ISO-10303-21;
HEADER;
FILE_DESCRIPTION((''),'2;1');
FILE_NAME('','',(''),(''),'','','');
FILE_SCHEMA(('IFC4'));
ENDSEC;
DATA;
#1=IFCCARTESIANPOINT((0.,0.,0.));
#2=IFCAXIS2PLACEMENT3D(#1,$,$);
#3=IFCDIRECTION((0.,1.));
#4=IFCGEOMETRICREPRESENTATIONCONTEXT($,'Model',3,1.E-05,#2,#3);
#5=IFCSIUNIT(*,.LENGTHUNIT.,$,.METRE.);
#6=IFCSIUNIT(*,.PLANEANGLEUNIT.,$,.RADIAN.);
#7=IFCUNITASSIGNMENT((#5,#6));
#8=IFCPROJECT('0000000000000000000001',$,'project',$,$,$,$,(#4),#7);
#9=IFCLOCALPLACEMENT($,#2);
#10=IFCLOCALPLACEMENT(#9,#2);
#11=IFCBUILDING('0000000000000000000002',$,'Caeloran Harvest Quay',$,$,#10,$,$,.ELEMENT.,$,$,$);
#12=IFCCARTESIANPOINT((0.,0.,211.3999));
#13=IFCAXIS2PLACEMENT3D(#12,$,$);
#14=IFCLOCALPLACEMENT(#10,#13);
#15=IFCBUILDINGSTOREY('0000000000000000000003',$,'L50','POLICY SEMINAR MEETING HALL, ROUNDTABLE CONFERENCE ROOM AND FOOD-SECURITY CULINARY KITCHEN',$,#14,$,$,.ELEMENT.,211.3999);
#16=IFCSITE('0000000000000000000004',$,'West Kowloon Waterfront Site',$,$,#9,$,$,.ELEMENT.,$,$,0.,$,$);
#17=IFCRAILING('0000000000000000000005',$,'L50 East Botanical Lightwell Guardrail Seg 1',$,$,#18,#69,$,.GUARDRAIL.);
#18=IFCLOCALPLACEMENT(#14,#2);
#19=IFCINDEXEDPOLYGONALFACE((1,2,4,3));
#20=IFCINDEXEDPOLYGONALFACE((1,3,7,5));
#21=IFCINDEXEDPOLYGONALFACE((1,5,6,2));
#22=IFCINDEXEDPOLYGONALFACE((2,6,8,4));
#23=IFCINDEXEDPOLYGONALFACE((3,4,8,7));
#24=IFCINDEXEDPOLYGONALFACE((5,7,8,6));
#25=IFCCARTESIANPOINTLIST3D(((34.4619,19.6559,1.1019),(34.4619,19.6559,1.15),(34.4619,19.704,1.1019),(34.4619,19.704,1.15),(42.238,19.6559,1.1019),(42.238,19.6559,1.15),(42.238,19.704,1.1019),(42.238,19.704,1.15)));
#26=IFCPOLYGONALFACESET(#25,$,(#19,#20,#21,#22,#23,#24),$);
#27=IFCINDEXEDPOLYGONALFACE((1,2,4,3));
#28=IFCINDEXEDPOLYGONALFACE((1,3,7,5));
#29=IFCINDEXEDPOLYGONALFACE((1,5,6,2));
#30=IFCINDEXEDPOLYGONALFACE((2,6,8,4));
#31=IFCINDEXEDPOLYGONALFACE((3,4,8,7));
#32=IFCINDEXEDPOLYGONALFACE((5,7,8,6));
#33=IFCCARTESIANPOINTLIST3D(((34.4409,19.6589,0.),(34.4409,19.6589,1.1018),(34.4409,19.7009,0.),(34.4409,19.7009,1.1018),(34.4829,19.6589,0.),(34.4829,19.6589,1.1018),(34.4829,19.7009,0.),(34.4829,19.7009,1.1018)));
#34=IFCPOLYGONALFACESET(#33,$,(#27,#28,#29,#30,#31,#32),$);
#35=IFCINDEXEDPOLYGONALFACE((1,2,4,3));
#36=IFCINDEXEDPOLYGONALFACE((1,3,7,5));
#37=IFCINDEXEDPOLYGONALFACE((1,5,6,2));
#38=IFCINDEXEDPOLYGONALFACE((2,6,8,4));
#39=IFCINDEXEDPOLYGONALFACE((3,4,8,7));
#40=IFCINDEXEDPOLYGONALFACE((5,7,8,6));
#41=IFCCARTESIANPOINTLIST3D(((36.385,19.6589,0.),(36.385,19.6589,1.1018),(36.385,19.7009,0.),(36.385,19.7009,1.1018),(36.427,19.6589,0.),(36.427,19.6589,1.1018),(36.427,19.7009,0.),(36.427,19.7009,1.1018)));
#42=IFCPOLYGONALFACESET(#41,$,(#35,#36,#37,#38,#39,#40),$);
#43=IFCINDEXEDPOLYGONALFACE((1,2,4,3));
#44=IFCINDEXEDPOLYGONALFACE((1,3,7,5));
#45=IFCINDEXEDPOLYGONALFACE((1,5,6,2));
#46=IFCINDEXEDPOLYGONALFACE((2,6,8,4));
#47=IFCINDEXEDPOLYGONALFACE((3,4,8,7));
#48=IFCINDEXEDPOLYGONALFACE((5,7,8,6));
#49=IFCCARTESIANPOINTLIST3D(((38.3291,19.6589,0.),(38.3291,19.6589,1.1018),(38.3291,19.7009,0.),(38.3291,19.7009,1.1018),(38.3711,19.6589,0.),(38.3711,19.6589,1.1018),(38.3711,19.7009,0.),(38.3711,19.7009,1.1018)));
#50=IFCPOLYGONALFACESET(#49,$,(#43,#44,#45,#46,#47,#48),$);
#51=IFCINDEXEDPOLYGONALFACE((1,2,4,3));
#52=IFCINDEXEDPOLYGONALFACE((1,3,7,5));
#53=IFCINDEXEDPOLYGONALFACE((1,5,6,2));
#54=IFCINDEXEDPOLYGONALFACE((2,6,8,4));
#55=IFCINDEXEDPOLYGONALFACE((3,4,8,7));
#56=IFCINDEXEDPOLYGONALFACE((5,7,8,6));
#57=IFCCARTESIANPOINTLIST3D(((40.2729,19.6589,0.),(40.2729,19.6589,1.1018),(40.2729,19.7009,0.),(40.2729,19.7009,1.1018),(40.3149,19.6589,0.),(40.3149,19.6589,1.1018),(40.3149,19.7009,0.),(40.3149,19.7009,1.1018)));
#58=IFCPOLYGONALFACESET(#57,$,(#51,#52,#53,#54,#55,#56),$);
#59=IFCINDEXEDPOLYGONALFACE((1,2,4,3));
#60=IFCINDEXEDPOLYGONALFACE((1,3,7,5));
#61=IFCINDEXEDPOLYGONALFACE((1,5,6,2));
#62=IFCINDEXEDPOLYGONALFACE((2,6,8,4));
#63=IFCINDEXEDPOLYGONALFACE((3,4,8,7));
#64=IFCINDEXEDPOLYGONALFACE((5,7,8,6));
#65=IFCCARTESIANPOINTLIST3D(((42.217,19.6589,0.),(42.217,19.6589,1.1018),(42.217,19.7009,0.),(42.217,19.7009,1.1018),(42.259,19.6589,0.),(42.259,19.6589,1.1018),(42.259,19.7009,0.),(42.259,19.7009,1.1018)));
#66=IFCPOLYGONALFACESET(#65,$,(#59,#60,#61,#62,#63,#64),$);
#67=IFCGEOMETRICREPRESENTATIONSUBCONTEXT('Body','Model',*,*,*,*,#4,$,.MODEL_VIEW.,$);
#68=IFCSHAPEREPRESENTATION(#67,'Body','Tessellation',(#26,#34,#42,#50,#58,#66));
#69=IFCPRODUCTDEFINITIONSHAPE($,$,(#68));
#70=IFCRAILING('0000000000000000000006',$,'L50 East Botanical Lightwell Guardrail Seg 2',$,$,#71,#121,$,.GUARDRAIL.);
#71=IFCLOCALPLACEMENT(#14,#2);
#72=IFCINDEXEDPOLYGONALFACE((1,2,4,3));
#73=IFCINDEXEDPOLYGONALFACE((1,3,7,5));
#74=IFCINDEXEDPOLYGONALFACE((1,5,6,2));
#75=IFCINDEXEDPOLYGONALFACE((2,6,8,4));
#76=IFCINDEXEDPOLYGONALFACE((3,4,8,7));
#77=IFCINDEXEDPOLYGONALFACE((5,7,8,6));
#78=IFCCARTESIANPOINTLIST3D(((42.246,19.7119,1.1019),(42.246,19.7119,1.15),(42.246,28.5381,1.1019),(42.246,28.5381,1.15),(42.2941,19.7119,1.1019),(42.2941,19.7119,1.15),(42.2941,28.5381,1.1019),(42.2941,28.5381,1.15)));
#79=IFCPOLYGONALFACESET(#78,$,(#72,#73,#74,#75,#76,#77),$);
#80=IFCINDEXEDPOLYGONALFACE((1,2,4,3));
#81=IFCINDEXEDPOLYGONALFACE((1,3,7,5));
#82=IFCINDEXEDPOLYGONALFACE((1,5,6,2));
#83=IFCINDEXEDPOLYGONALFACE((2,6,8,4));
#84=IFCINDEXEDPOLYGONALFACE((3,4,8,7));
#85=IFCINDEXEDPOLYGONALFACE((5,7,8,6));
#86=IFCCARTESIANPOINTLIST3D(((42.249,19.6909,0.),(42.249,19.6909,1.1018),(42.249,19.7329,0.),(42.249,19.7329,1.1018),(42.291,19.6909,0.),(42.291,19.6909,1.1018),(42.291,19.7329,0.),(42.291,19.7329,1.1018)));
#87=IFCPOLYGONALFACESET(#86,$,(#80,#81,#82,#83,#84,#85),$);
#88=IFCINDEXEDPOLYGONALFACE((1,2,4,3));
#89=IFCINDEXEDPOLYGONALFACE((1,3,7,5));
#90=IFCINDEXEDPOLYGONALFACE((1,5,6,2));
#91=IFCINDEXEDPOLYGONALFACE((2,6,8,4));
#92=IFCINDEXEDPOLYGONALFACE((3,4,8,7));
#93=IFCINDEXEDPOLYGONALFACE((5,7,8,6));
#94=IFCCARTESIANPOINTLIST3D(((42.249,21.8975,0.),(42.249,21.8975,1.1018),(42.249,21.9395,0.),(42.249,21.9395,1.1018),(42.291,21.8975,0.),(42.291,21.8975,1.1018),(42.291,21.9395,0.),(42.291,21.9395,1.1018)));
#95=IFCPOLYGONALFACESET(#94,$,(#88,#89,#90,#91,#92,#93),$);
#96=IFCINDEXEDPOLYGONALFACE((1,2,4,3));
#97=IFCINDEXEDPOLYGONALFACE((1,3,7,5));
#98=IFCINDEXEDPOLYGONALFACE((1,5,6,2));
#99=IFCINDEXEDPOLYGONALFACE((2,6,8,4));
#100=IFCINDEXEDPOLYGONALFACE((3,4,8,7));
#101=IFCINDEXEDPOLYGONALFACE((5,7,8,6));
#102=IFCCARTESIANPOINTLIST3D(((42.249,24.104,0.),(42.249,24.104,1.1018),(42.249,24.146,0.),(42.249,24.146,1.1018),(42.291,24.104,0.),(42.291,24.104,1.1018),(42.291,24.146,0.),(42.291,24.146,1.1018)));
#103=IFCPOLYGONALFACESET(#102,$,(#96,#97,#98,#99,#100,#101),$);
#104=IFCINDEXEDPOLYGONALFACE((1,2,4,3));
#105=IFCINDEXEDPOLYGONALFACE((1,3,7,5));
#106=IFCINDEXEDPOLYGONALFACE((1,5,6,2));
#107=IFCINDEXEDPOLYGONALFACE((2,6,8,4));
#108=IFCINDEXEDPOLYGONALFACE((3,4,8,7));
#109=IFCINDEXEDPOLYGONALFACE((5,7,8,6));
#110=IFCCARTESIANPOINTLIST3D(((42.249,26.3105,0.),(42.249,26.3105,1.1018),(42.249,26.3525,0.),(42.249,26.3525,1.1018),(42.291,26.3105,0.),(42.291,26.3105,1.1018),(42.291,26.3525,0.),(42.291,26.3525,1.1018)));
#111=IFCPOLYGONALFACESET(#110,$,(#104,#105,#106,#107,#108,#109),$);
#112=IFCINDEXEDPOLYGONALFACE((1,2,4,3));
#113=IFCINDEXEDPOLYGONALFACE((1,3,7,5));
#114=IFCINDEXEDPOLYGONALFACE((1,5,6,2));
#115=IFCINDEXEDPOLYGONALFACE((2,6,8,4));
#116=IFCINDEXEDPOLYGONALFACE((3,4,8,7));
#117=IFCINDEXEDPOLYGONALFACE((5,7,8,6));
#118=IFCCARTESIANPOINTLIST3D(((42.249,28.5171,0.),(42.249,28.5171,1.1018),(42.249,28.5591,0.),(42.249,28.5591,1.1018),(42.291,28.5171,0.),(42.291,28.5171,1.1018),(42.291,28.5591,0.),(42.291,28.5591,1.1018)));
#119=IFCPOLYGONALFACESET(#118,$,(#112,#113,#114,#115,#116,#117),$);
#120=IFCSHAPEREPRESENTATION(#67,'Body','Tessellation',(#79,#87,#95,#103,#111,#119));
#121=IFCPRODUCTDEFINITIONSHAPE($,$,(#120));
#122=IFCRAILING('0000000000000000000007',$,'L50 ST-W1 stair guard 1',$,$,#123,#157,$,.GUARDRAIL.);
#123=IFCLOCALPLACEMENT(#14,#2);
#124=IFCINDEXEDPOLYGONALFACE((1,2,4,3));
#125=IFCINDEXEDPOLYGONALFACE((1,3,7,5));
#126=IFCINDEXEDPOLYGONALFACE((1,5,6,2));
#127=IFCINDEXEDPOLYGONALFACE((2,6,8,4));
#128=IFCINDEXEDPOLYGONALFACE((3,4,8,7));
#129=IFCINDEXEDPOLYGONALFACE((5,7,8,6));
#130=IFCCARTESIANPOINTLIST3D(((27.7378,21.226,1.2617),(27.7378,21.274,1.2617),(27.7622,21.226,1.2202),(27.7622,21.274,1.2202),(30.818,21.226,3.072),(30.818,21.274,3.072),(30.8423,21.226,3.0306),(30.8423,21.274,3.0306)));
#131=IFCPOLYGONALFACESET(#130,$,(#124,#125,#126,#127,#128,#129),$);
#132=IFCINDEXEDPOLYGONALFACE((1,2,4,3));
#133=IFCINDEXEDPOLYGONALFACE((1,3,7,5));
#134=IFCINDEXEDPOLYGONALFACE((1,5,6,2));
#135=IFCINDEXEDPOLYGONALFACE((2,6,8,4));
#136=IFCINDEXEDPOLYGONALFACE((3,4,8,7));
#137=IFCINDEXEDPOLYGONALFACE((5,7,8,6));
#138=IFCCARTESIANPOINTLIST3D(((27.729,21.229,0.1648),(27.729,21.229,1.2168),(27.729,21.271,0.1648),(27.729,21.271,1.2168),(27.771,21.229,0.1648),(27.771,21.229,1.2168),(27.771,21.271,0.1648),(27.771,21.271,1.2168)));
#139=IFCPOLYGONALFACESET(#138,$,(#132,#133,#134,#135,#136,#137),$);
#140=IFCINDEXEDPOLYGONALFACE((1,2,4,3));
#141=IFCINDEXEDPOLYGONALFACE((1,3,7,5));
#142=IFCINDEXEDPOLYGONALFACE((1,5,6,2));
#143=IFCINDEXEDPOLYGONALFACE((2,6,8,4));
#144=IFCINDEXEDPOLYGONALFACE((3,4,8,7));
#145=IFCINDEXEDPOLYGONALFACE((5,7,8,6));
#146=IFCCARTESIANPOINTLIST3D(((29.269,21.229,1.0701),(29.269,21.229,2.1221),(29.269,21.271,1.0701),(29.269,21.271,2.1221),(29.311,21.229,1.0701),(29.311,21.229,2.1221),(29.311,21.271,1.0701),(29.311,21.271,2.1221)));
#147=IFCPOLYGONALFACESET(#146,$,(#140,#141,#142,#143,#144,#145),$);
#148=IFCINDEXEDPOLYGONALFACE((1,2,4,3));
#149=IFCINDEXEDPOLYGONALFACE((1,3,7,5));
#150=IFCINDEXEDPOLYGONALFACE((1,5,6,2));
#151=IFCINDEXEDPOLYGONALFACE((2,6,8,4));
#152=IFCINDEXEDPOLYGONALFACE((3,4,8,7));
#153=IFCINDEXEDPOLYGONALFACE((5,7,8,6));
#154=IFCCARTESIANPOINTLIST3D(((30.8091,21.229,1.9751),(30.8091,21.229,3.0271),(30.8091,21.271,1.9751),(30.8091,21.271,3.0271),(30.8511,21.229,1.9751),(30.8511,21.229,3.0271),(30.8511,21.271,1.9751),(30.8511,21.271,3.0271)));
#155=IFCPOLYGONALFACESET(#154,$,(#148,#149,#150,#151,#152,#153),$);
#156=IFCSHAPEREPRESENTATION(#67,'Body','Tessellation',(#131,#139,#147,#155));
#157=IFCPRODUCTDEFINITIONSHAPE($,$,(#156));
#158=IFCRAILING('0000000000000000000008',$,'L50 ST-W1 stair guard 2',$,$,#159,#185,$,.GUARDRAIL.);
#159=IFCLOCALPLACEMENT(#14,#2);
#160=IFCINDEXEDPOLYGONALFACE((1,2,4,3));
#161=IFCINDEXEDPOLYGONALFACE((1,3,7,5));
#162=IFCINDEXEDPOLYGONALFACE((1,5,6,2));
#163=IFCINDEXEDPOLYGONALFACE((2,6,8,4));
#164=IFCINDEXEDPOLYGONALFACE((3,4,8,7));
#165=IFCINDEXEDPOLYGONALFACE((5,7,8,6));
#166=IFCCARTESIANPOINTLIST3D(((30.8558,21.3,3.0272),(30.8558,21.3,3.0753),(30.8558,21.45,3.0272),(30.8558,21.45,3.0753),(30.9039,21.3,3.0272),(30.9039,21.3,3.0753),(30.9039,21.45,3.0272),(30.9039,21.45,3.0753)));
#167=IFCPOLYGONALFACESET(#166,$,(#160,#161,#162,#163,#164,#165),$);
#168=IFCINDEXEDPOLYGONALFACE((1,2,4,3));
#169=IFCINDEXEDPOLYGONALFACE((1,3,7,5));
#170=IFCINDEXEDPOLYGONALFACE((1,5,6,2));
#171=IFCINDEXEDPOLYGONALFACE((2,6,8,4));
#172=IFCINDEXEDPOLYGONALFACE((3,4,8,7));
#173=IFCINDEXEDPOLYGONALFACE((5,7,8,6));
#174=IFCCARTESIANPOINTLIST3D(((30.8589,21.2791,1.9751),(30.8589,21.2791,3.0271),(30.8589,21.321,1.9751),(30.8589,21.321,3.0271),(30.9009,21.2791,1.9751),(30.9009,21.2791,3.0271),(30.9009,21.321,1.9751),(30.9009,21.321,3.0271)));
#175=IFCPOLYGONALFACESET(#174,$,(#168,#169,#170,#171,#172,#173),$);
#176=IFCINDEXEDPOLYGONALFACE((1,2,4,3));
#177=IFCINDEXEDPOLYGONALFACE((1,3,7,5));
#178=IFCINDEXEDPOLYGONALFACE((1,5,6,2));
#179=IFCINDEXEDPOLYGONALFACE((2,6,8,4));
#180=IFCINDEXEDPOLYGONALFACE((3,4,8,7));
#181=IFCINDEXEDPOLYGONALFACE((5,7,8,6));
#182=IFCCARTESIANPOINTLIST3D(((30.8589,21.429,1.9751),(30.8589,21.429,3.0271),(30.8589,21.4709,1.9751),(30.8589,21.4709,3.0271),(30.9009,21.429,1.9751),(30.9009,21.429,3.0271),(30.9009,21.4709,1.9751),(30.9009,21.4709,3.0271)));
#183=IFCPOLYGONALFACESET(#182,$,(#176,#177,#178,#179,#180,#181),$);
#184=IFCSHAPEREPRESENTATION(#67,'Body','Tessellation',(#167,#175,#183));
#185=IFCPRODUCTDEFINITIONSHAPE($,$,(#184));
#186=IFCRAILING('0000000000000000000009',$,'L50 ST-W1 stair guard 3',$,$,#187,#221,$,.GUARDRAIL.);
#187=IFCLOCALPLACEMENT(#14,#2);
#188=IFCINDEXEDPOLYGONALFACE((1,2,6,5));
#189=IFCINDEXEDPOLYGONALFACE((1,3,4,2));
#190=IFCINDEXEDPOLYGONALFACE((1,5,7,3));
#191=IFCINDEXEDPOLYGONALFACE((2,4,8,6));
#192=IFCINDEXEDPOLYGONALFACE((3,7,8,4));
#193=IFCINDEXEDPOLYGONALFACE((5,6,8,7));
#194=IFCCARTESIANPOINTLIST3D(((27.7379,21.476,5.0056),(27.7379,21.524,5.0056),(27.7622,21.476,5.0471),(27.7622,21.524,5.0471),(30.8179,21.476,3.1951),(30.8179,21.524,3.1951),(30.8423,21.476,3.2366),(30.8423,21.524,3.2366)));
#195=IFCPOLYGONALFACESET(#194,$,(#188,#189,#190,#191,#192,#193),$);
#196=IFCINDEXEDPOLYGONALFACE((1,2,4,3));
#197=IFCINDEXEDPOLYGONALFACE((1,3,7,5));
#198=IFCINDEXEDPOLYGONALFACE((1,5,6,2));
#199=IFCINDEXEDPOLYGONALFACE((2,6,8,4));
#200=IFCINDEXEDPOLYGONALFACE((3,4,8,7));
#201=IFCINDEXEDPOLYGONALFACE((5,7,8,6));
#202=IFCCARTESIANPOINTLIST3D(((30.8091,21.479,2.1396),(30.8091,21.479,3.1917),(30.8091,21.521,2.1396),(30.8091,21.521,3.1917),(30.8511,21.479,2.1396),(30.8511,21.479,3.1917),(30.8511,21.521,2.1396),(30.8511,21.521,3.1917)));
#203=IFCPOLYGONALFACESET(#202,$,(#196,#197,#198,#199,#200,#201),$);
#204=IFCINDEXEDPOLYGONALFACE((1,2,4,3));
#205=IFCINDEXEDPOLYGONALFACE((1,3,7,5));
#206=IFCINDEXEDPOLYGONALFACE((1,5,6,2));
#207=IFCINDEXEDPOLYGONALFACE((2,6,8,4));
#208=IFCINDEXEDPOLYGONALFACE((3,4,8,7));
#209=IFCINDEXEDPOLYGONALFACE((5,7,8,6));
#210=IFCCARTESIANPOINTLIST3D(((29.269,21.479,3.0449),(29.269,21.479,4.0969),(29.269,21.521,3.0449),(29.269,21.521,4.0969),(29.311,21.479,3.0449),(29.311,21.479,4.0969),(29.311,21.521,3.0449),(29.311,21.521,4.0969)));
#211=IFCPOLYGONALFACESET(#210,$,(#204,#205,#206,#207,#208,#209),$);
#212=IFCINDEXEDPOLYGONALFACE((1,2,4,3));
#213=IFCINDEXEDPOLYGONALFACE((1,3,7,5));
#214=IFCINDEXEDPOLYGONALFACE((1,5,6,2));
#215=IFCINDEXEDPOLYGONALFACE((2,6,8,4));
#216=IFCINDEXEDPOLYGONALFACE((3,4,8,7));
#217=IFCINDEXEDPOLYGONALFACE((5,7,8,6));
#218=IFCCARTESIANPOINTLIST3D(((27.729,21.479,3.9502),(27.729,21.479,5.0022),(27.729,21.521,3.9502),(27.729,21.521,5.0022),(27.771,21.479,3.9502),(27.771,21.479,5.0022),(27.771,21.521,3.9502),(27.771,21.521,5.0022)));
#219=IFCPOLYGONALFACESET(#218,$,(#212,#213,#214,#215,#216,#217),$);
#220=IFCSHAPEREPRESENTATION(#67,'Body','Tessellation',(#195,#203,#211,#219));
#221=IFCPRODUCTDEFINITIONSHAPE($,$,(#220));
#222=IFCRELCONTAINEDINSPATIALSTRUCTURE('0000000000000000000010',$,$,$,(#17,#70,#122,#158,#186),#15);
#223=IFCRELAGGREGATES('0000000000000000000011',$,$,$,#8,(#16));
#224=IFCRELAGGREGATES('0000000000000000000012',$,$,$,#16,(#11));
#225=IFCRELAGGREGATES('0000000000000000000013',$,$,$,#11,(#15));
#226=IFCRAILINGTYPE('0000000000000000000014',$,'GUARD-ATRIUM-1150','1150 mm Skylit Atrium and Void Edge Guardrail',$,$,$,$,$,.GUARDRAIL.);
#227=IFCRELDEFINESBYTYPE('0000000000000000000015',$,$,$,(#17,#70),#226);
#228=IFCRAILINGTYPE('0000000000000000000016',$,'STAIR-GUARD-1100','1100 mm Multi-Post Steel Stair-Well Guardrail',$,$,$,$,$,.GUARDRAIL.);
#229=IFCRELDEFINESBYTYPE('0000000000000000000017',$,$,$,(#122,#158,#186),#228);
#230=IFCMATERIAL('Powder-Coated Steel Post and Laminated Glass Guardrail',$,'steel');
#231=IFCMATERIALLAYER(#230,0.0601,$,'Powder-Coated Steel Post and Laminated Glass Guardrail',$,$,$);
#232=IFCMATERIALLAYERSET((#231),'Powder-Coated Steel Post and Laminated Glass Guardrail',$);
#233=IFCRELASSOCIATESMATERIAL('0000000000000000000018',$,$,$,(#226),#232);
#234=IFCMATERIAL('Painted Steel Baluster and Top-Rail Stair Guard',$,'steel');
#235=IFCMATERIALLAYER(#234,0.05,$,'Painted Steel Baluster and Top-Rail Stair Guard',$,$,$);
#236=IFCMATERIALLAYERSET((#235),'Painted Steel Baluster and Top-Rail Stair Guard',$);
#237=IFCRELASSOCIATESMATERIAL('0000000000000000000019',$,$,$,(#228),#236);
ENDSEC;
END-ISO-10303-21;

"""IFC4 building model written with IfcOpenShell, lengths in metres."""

from ifc_helpers import new_model, si_unit, direction, frame, origin, origin_2d, place, context, subcontext, project, spatial, rectangle, extrude, material, layer, layer_set, type_object, element, save


model = new_model("IFC4")

# Units and contexts
model_context = context("Model", 3, precision=1e-05, world=origin(), true_north=direction((0.0, 1.0)))
body_context = subcontext(model_context, "Body", "Model", "MODEL_VIEW")
ifc_project = project(units=[si_unit("LENGTHUNIT", "METRE"), si_unit("PLANEANGLEUNIT", "RADIAN")], contexts=[model_context])

# Site, building, storey
site_placement = place(None, origin())
site = spatial("IfcSite", under=ifc_project, at=site_placement, Name="West Kowloon Waterfront Site", CompositionType="ELEMENT", RefElevation=0.0)
building_placement = place(site_placement, origin())
building = spatial("IfcBuilding", under=site, at=building_placement, Name="Caeloran Harvest Quay", CompositionType="ELEMENT")
storey_placement = place(building_placement, frame((0.0, 0.0, 211.3999)))
storey = spatial("IfcBuildingStorey", under=building, at=storey_placement, Name="L50", Description="POLICY SEMINAR MEETING HALL, ROUNDTABLE CONFERENCE ROOM AND FOOD-SECURITY CULINARY KITCHEN", CompositionType="ELEMENT", Elevation=211.3999)

# Railings
ifc_material_1 = material(Name="Powder-Coated Steel Post and Laminated Glass Guardrail", Category="steel")
ifc_layer_1 = layer(ifc_material_1, 0.0601, Name="Powder-Coated Steel Post and Laminated Glass Guardrail")
ifc_layer_set_1 = layer_set([ifc_layer_1], Name="Powder-Coated Steel Post and Laminated Glass Guardrail")
railing_type_1 = type_object("IfcRailingType", Name="GUARD-ATRIUM-1150", Description="1150 mm Skylit Atrium and Void Edge Guardrail", PredefinedType="GUARDRAIL", material=ifc_layer_set_1)
railing_1_placement = place(storey_placement, frame((34.4619, 19.6799, 0.0)))
element("IfcRailing", 1, at=railing_1_placement, inside=storey, type_object=railing_type_1, Name="L50 East Botanical Lightwell Guardrail Seg 1", PredefinedType="GUARDRAIL", context=body_context, shape_type="SweptSolid", body=[
    extrude(rectangle(XDim=0.0481, YDim=0.0481, at=origin_2d()), frame((0.0, 0.0, 1.126), z_axis=(1.0, 0.0, 0.0), x_axis=(0.0, 1.0, 0.0)), (0.0, 0.0, 1.0), 7.7761),
    extrude(rectangle(XDim=0.042, YDim=0.042, at=origin_2d()), origin(), (0.0, 0.0, 1.0), 1.1018),
    extrude(rectangle(XDim=0.042, YDim=0.042, at=origin_2d()), frame((1.9441, 0.0, 0.0)), (0.0, 0.0, 1.0), 1.1018),
    extrude(rectangle(XDim=0.042, YDim=0.042, at=origin_2d()), frame((3.8882, 0.0, 0.0)), (0.0, 0.0, 1.0), 1.1018),
    extrude(rectangle(XDim=0.042, YDim=0.042, at=origin_2d()), frame((5.832, 0.0, 0.0)), (0.0, 0.0, 1.0), 1.1018),
    extrude(rectangle(XDim=0.042, YDim=0.042, at=origin_2d()), frame((7.7761, 0.0, 0.0)), (0.0, 0.0, 1.0), 1.1018),
])
railing_2_placement = place(storey_placement, frame((42.27, 19.7119, 0.0)))
element("IfcRailing", 2, at=railing_2_placement, inside=storey, type_object=railing_type_1, Name="L50 East Botanical Lightwell Guardrail Seg 2", PredefinedType="GUARDRAIL", context=body_context, shape_type="SweptSolid", body=[
    extrude(rectangle(XDim=0.0481, YDim=0.0481, at=origin_2d()), frame((0.0, 0.0, 1.126), z_axis=(0.0, 1.0, 0.0), x_axis=(-1.0, 0.0, 0.0)), (0.0, 0.0, 1.0), 8.8262),
    extrude(rectangle(XDim=0.042, YDim=0.042, at=origin_2d()), origin(), (0.0, 0.0, 1.0), 1.1018),
    extrude(rectangle(XDim=0.042, YDim=0.042, at=origin_2d()), frame((0.0, 2.2065, 0.0)), (0.0, 0.0, 1.0), 1.1018),
    extrude(rectangle(XDim=0.042, YDim=0.042, at=origin_2d()), frame((0.0, 4.4131, 0.0)), (0.0, 0.0, 1.0), 1.1018),
    extrude(rectangle(XDim=0.042, YDim=0.042, at=origin_2d()), frame((0.0, 6.6196, 0.0)), (0.0, 0.0, 1.0), 1.1018),
    extrude(rectangle(XDim=0.042, YDim=0.042, at=origin_2d()), frame((0.0, 8.8262, 0.0)), (0.0, 0.0, 1.0), 1.1018),
])
ifc_material_2 = material(Name="Painted Steel Baluster and Top-Rail Stair Guard", Category="steel")
ifc_layer_2 = layer(ifc_material_2, 0.05, Name="Painted Steel Baluster and Top-Rail Stair Guard")
ifc_layer_set_2 = layer_set([ifc_layer_2], Name="Painted Steel Baluster and Top-Rail Stair Guard")
railing_type_2 = type_object("IfcRailingType", Name="STAIR-GUARD-1100", Description="1100 mm Multi-Post Steel Stair-Well Guardrail", PredefinedType="GUARDRAIL", material=ifc_layer_set_2)
railing_3_placement = place(storey_placement, frame((27.75, 21.25, 0.1648)))
element("IfcRailing", 3, at=railing_3_placement, inside=storey, type_object=railing_type_2, Name="L50 ST-W1 stair guard 1", PredefinedType="GUARDRAIL", context=body_context, shape_type="SweptSolid", body=[
    extrude(rectangle(XDim=0.0481, YDim=0.0481, at=origin_2d()), frame((0.0, 0.0, 1.0762), z_axis=(0.862119, 0.0, 0.506707), x_axis=(0.0, 1.0, 0.0)), (0.0, 0.0, 1.0), 3.5728),
    extrude(rectangle(XDim=0.042, YDim=0.042, at=origin_2d()), origin(), (0.0, 0.0, 1.0), 1.052),
    extrude(rectangle(XDim=0.042, YDim=0.042, at=origin_2d()), frame((1.54, 0.0, 0.9053)), (0.0, 0.0, 1.0), 1.052),
    extrude(rectangle(XDim=0.042, YDim=0.042, at=origin_2d()), frame((3.0801, 0.0, 1.8103)), (0.0, 0.0, 1.0), 1.052),
])
railing_4_placement = place(storey_placement, frame((30.8799, 21.3, 1.9751)))
element("IfcRailing", 4, at=railing_4_placement, inside=storey, type_object=railing_type_2, Name="L50 ST-W1 stair guard 2", PredefinedType="GUARDRAIL", context=body_context, shape_type="SweptSolid", body=[
    extrude(rectangle(XDim=0.0481, YDim=0.0481, at=origin_2d()), frame((0.0, 0.0, 1.0762), z_axis=(0.0, 1.0, 0.0), x_axis=(-1.0, 0.0, 0.0)), (0.0, 0.0, 1.0), 0.1499),
    extrude(rectangle(XDim=0.042, YDim=0.042, at=origin_2d()), origin(), (0.0, 0.0, 1.0), 1.052),
    extrude(rectangle(XDim=0.042, YDim=0.042, at=origin_2d()), frame((0.0, 0.1499, 0.0)), (0.0, 0.0, 1.0), 1.052),
])
railing_5_placement = place(storey_placement, frame((30.8301, 21.5, 2.1396)))
element("IfcRailing", 5, at=railing_5_placement, inside=storey, type_object=railing_type_2, Name="L50 ST-W1 stair guard 3", PredefinedType="GUARDRAIL", context=body_context, shape_type="SweptSolid", body=[
    extrude(rectangle(XDim=0.0481, YDim=0.0481, at=origin_2d()), frame((0.0, 0.0, 1.0762), z_axis=(-0.862089, 0.0, 0.506757), x_axis=(0.0, -1.0, 0.0)), (0.0, 0.0, 1.0), 3.5728),
    extrude(rectangle(XDim=0.042, YDim=0.042, at=origin_2d()), origin(), (0.0, 0.0, 1.0), 1.052),
    extrude(rectangle(XDim=0.042, YDim=0.042, at=origin_2d()), frame((-1.54, 0.0, 0.9053)), (0.0, 0.0, 1.0), 1.052),
    extrude(rectangle(XDim=0.042, YDim=0.042, at=origin_2d()), frame((-3.0801, 0.0, 1.8105)), (0.0, 0.0, 1.0), 1.052),
])

save(model, "model.ifc")
